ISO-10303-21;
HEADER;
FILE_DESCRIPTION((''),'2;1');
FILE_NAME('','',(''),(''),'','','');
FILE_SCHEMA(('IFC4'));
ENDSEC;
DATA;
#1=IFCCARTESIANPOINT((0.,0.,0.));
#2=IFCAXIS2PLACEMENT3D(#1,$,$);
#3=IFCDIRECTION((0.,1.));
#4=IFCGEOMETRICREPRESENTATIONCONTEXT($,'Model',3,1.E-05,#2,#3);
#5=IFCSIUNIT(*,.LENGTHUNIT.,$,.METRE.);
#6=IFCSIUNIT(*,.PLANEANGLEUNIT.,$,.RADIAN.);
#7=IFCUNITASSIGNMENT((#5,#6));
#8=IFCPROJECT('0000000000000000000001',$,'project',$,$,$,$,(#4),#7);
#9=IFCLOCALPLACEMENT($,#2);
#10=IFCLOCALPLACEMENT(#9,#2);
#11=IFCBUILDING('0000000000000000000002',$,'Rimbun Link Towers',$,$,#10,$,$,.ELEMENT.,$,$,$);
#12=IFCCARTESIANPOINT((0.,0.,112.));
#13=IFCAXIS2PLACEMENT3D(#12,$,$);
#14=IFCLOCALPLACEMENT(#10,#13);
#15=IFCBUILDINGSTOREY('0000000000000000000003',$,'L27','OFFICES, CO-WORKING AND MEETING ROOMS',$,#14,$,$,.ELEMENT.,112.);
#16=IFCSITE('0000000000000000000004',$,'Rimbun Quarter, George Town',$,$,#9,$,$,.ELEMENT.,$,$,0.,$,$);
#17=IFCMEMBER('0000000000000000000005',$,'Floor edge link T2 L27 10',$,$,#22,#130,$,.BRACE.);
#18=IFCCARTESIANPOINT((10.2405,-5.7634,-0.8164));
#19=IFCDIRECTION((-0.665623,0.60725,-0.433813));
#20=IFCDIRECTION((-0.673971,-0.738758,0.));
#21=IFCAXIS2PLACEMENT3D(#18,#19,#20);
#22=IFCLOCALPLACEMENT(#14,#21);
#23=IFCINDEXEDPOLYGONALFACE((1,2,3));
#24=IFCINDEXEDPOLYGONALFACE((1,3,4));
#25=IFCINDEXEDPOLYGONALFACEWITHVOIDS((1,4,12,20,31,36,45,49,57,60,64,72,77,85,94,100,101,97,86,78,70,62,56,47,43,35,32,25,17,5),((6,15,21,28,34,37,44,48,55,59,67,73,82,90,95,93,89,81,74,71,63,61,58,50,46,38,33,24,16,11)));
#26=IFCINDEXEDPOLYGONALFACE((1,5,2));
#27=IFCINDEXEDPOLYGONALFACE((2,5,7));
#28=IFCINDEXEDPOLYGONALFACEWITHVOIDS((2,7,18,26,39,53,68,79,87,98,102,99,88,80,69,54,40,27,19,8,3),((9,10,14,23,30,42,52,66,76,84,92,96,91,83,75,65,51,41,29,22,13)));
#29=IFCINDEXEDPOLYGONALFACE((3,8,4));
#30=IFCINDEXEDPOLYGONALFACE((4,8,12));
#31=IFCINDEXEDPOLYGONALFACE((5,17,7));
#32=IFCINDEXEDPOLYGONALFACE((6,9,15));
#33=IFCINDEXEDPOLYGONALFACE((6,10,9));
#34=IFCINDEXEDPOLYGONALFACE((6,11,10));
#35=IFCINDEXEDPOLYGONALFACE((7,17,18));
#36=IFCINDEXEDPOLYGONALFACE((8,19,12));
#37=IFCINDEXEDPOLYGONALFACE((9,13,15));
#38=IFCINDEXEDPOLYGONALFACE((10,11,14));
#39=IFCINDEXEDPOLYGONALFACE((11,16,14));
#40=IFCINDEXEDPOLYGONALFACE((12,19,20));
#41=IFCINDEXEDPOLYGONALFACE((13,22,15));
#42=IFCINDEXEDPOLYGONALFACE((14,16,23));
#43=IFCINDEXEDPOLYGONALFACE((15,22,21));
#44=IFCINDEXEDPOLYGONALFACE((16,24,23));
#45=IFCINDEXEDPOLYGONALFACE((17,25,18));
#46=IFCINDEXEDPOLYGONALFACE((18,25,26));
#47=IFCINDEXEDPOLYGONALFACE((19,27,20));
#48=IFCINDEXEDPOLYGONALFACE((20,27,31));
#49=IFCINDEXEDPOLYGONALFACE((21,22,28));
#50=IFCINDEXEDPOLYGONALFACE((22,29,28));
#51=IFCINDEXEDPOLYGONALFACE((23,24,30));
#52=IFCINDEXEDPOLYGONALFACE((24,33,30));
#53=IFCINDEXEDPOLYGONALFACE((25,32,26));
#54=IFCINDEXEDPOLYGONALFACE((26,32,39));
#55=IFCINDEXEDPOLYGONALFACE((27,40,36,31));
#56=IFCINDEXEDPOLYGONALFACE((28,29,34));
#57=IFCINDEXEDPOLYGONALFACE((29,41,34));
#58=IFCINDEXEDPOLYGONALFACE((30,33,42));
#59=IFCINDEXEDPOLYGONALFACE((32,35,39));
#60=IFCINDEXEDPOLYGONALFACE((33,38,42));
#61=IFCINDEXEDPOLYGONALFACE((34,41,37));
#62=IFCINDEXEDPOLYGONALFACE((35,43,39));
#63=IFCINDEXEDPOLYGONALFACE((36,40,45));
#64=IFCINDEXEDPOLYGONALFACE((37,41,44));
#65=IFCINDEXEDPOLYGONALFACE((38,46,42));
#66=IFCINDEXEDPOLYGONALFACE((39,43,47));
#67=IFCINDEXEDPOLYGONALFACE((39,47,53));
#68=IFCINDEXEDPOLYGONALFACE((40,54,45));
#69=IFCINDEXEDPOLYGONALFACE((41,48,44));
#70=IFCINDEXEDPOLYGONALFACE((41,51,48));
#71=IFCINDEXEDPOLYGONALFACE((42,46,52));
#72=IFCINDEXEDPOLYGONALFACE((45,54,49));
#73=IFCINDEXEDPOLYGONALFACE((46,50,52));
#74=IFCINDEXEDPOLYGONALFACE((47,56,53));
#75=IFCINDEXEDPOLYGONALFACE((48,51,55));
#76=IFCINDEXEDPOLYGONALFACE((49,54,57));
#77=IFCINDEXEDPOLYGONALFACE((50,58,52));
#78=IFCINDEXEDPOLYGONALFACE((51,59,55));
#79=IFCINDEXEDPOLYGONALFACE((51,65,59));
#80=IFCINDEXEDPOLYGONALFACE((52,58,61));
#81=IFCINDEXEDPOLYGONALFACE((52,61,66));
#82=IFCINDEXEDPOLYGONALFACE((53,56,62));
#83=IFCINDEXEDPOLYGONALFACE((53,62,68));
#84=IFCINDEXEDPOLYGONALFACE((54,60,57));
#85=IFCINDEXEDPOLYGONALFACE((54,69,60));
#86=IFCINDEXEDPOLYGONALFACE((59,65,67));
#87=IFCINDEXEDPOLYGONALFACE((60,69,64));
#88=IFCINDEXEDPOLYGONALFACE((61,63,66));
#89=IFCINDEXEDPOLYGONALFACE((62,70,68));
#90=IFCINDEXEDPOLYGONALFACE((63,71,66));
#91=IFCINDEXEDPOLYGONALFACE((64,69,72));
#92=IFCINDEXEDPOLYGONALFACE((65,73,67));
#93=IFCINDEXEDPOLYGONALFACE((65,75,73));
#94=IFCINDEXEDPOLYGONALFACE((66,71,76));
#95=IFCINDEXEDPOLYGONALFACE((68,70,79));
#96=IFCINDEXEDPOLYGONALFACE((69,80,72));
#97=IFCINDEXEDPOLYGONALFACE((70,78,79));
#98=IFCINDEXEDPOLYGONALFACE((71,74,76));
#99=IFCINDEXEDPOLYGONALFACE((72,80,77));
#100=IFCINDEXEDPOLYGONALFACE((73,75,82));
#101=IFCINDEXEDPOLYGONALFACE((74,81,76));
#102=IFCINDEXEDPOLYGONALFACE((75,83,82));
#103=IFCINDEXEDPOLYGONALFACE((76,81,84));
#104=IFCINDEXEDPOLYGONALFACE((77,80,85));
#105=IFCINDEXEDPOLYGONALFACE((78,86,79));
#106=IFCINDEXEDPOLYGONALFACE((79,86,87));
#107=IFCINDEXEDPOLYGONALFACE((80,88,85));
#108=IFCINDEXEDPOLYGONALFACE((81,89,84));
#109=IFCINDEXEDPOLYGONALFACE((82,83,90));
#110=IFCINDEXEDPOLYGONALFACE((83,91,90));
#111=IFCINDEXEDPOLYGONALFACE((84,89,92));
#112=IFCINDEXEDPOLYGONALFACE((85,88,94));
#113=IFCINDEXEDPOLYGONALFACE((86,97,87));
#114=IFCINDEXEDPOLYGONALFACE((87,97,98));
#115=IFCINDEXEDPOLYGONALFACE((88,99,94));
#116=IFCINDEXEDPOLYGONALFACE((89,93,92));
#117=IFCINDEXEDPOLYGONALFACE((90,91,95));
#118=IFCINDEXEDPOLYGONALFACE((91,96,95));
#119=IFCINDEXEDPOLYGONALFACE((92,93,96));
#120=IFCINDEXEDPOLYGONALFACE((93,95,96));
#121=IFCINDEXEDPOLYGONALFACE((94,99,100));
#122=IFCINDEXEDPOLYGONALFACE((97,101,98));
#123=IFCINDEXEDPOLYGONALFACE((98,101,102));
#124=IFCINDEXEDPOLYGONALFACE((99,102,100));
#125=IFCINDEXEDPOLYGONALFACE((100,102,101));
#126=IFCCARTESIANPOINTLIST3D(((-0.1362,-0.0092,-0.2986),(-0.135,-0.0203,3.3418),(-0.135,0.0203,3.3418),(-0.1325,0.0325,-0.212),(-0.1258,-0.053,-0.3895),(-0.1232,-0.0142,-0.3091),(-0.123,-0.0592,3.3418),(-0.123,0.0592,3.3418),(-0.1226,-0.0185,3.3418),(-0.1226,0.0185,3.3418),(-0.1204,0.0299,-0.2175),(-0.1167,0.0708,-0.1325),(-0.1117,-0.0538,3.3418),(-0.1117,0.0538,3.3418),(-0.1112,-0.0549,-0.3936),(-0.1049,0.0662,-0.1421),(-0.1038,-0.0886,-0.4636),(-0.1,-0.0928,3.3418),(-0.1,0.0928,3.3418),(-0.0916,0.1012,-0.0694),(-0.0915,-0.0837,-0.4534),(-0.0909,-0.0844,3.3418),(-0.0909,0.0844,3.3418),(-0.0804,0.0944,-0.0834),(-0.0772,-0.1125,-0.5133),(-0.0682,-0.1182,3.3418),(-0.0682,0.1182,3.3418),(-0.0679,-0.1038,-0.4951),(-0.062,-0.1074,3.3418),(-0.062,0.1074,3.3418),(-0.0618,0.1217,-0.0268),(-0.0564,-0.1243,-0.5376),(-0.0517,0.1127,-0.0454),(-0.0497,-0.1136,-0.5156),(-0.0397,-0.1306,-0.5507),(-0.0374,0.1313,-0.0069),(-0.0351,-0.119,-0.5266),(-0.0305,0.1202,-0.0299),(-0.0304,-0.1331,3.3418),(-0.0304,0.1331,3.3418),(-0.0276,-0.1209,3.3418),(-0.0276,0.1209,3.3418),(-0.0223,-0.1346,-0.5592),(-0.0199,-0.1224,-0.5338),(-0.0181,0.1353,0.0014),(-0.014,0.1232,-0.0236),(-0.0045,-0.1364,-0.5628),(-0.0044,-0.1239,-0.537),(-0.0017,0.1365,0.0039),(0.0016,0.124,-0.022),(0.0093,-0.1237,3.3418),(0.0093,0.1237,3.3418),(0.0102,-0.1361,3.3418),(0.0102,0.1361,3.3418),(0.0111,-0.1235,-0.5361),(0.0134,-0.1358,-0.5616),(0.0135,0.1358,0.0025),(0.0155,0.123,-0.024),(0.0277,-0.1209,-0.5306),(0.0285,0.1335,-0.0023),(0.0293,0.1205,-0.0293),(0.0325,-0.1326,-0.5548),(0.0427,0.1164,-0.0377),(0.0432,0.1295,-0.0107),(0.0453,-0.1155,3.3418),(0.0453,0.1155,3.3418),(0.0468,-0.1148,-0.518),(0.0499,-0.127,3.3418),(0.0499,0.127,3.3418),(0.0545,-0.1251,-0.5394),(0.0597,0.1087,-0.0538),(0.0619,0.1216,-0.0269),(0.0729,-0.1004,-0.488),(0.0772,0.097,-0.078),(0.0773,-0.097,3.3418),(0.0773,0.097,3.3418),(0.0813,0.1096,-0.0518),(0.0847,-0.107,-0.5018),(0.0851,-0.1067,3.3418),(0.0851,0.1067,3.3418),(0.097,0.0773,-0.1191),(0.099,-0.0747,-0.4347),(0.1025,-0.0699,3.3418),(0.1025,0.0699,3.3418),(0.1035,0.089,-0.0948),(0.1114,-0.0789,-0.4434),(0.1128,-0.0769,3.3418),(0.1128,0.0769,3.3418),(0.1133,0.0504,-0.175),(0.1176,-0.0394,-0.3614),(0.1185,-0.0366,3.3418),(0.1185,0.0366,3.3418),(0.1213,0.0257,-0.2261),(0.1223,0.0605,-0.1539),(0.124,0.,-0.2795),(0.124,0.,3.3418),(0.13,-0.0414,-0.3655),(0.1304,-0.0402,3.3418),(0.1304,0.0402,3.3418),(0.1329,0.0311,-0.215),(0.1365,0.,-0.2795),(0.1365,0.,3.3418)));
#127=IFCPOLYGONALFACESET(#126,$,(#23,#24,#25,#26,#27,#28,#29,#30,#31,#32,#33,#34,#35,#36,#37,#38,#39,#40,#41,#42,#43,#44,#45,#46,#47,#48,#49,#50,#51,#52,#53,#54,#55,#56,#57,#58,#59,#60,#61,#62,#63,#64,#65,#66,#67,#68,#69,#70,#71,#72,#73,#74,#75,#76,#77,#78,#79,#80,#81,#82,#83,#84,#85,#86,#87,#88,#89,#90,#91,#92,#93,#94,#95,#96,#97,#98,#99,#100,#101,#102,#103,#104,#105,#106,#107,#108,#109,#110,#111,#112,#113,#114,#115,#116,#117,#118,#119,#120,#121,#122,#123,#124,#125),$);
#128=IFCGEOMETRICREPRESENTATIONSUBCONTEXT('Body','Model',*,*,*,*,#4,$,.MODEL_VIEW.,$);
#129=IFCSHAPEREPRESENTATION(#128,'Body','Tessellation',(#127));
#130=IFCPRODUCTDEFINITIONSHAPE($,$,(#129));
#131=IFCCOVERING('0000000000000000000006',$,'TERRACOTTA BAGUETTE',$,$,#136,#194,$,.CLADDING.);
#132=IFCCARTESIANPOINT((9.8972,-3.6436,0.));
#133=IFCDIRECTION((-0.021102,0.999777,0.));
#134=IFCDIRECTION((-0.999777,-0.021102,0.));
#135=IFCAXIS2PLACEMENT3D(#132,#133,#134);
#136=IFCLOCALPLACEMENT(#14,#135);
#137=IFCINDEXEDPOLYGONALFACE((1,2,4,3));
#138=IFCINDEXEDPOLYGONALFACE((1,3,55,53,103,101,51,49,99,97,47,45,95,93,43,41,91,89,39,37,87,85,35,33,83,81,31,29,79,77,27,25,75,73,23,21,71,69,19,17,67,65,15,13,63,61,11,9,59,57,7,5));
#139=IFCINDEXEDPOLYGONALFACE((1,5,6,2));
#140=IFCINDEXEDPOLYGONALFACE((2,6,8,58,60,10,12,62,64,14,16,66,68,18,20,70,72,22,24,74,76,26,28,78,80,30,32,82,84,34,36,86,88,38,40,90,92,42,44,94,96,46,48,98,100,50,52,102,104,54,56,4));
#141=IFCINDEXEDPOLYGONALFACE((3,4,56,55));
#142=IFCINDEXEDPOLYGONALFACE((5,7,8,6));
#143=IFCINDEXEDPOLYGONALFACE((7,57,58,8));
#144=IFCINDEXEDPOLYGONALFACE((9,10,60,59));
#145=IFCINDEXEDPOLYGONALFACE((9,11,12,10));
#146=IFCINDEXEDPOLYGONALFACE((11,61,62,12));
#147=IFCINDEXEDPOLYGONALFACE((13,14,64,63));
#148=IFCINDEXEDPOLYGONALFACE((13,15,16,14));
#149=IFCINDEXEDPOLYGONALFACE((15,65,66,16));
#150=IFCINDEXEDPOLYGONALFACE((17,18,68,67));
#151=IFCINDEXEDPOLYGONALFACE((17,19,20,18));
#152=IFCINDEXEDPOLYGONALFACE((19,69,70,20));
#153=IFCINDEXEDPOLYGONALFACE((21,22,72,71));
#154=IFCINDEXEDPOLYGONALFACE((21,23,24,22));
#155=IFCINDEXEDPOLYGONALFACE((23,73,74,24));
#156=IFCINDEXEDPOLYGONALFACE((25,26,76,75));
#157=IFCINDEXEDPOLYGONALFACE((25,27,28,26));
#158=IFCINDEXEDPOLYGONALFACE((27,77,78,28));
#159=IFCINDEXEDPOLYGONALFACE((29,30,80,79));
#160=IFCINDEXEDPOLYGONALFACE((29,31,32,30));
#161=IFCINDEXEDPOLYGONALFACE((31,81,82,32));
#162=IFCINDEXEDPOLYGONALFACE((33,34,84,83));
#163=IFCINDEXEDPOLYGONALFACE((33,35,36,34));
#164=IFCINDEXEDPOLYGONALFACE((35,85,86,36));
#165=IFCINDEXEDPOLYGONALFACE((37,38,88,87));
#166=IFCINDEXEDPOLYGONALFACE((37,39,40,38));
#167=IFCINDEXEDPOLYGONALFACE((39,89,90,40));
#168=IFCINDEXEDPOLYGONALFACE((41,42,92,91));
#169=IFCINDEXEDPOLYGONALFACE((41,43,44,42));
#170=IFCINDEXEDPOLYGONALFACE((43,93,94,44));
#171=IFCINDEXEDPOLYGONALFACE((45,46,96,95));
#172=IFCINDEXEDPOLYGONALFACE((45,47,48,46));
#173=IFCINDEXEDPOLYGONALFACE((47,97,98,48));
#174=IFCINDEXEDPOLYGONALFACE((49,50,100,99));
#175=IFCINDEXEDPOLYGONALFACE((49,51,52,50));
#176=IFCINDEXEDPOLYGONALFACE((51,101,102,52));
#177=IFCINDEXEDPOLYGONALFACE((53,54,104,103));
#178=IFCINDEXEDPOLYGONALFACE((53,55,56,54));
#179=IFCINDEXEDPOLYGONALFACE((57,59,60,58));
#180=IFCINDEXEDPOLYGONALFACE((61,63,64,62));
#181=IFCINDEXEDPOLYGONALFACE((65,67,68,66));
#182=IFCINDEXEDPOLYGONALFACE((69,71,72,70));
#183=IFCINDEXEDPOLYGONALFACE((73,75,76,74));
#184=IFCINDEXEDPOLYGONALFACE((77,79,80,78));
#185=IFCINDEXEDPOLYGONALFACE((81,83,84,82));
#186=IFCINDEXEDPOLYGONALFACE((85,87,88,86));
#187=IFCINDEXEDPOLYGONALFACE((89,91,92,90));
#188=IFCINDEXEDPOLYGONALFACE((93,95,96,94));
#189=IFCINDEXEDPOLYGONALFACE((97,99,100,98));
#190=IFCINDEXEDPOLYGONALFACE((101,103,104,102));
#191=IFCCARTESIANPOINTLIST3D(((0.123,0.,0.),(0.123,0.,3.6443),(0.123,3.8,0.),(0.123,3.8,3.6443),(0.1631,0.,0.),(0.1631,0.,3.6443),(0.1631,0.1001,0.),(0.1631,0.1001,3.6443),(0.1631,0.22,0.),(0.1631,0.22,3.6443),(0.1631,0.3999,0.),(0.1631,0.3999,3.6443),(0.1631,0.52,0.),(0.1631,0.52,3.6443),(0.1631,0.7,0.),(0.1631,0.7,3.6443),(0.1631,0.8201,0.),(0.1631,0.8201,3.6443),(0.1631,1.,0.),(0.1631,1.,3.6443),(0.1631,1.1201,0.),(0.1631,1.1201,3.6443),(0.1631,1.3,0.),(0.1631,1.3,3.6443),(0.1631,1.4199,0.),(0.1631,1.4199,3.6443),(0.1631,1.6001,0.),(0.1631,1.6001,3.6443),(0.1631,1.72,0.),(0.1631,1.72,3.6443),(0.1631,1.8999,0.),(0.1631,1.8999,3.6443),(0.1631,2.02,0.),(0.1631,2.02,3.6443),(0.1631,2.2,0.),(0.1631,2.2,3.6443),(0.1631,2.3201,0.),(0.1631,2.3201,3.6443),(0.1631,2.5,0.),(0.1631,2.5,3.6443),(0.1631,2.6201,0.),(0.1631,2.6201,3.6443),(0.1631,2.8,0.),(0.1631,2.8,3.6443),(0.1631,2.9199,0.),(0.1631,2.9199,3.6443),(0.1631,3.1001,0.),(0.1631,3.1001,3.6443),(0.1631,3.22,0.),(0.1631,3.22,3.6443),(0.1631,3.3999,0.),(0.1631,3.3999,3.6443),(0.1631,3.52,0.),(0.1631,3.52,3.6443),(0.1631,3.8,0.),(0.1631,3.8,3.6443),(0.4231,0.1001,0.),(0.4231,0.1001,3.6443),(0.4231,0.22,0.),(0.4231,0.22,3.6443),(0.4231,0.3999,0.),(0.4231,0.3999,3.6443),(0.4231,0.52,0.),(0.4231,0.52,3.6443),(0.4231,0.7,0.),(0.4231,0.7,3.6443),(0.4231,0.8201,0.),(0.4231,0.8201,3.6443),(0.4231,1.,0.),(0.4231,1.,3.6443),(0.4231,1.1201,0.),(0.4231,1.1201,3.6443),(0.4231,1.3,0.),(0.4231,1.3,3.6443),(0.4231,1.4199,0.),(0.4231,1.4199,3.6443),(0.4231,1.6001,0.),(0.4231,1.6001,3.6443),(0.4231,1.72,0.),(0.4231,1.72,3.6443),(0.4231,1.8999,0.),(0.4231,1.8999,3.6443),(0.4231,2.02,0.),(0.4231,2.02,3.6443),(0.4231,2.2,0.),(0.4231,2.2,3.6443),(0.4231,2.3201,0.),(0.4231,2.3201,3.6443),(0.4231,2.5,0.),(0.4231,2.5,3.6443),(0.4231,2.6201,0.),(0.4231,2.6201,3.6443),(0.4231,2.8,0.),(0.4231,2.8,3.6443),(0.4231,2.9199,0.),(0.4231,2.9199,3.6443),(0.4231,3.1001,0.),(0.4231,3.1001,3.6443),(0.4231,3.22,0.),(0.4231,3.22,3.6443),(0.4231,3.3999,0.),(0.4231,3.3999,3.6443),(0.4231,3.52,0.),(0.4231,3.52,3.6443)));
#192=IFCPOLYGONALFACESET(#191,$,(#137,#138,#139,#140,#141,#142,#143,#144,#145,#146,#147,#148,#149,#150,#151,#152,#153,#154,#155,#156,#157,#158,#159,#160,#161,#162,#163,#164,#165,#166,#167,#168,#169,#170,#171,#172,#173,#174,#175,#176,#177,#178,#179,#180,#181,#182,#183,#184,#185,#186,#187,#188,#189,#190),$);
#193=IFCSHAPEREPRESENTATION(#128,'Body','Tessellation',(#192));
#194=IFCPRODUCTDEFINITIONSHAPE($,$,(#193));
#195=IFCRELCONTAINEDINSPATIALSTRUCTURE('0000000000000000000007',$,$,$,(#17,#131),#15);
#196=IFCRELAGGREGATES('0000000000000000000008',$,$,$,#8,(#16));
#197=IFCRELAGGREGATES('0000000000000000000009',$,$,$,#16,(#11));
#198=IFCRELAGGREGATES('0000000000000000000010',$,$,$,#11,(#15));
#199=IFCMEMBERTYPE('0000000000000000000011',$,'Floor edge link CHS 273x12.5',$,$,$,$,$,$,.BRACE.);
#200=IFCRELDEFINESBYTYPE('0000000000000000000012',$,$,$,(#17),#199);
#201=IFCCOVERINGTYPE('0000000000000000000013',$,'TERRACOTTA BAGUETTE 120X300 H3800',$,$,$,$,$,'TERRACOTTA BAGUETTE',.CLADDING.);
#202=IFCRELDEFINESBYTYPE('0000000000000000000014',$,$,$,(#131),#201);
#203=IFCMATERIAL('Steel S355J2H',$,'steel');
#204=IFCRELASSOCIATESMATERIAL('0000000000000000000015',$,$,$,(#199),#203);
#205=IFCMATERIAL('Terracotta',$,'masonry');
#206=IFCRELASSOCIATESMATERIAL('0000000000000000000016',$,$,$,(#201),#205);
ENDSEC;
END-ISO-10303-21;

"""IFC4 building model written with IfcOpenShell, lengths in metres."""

from ifc_helpers import new_model, si_unit, direction, frame, origin, origin_2d, place, context, subcontext, project, spatial, polyline, hollow_circle, outline, extrude, clip, halfspace, material, material_profile, profile_set, type_object, element, save


model = new_model("IFC4")

# Units and contexts
model_context = context("Model", 3, precision=1e-05, world=origin(), true_north=direction((0.0, 1.0)))
body_context = subcontext(model_context, "Body", "Model", "MODEL_VIEW")
ifc_project = project(units=[si_unit("LENGTHUNIT", "METRE"), si_unit("PLANEANGLEUNIT", "RADIAN")], contexts=[model_context])

# Site, building, storey
site_placement = place(None, origin())
site = spatial("IfcSite", under=ifc_project, at=site_placement, Name="Rimbun Quarter, George Town", CompositionType="ELEMENT", RefElevation=0.0)
building_placement = place(site_placement, origin())
building = spatial("IfcBuilding", under=site, at=building_placement, Name="Rimbun Link Towers", CompositionType="ELEMENT")
storey_placement = place(building_placement, frame((0.0, 0.0, 112.0)))
storey = spatial("IfcBuildingStorey", under=building, at=storey_placement, Name="L27", Description="OFFICES, CO-WORKING AND MEETING ROOMS", CompositionType="ELEMENT", Elevation=112.0)

# Member
ifc_material_1 = material(Name="Steel S355J2H", Category="steel")
ifc_material_profile_1 = material_profile(ifc_material_1, hollow_circle(Radius=0.1365, WallThickness=0.0125, at=origin_2d()), Name="CHS 273x12.5")
ifc_profile_set_1 = profile_set([ifc_material_profile_1], Name="Steel S355J2H")
member_type_1 = type_object("IfcMemberType", Name="Floor edge link CHS 273x12.5", PredefinedType="BRACE", material=ifc_profile_set_1)
member_1_placement = place(storey_placement, frame((10.2405, -5.7634, -0.8164), z_axis=(-0.665623, 0.60725, -0.433813), x_axis=(-0.673971, -0.738758, 0.0)))
element("IfcMember", 1, at=member_1_placement, inside=storey, type_object=member_type_1, Name="Floor edge link T2 L27 10", PredefinedType="BRACE", context=body_context, shape_type="Clipping", body=[
    clip(extrude(hollow_circle(Radius=0.1365, WallThickness=0.0125, at=origin_2d()), frame((0.0, 0.0, -0.5901)), (0.0, 0.0, 1.0), 3.9319), halfspace(frame((0.0, 0.0, -0.2795), z_axis=(0.0, 0.901003, -0.433813)), False)),
])

# Covering
ifc_material_2 = material(Name="Terracotta", Category="masonry")
ifc_material_profile_2 = material_profile(ifc_material_2, outline(polyline([(0.123, 0.0), (0.1631, 0.0), (0.1631, 0.1001), (0.4231, 0.1001), (0.4231, 0.22), (0.1631, 0.22), (0.1631, 0.3999), (0.4231, 0.3999), (0.4231, 0.52), (0.1631, 0.52), (0.1631, 0.7), (0.4231, 0.7), (0.4231, 0.8201), (0.1631, 0.8201), (0.1631, 1.0), (0.4231, 1.0), (0.4231, 1.1201), (0.1631, 1.1201), (0.1631, 1.3), (0.4231, 1.3), (0.4231, 1.4199), (0.1631, 1.4199), (0.1631, 1.6001), (0.4231, 1.6001), (0.4231, 1.72), (0.1631, 1.72), (0.1631, 1.8999), (0.4231, 1.8999), (0.4231, 2.02), (0.1631, 2.02), (0.1631, 2.2), (0.4231, 2.2), (0.4231, 2.3201), (0.1631, 2.3201), (0.1631, 2.5), (0.4231, 2.5), (0.4231, 2.6201), (0.1631, 2.6201), (0.1631, 2.8), (0.4231, 2.8), (0.4231, 2.9199), (0.1631, 2.9199), (0.1631, 3.1001), (0.4231, 3.1001), (0.4231, 3.22), (0.1631, 3.22), (0.1631, 3.3999), (0.4231, 3.3999), (0.4231, 3.52), (0.1631, 3.52), (0.1631, 3.8), (0.123, 3.8), (0.123, 0.0)])), Name="BAGUETTE 120X300")
ifc_profile_set_2 = profile_set([ifc_material_profile_2], Name="Terracotta")
covering_type_1 = type_object("IfcCoveringType", Name="TERRACOTTA BAGUETTE 120X300 H3800", ElementType="TERRACOTTA BAGUETTE", PredefinedType="CLADDING", material=ifc_profile_set_2)
covering_1_placement = place(storey_placement, frame((9.8972, -3.6436, 0.0), z_axis=(-0.021102, 0.999777, 0.0), x_axis=(-0.999777, -0.021102, 0.0)))
element("IfcCovering", 2, at=covering_1_placement, inside=storey, type_object=covering_type_1, Name="TERRACOTTA BAGUETTE", PredefinedType="CLADDING", context=body_context, shape_type="SweptSolid", body=[
    extrude(outline(polyline([(0.123, 0.0), (0.1631, 0.0), (0.1631, 0.1001), (0.4231, 0.1001), (0.4231, 0.22), (0.1631, 0.22), (0.1631, 0.3999), (0.4231, 0.3999), (0.4231, 0.52), (0.1631, 0.52), (0.1631, 0.7), (0.4231, 0.7), (0.4231, 0.8201), (0.1631, 0.8201), (0.1631, 1.0), (0.4231, 1.0), (0.4231, 1.1201), (0.1631, 1.1201), (0.1631, 1.3), (0.4231, 1.3), (0.4231, 1.4199), (0.1631, 1.4199), (0.1631, 1.6001), (0.4231, 1.6001), (0.4231, 1.72), (0.1631, 1.72), (0.1631, 1.8999), (0.4231, 1.8999), (0.4231, 2.02), (0.1631, 2.02), (0.1631, 2.2), (0.4231, 2.2), (0.4231, 2.3201), (0.1631, 2.3201), (0.1631, 2.5), (0.4231, 2.5), (0.4231, 2.6201), (0.1631, 2.6201), (0.1631, 2.8), (0.4231, 2.8), (0.4231, 2.9199), (0.1631, 2.9199), (0.1631, 3.1001), (0.4231, 3.1001), (0.4231, 3.22), (0.1631, 3.22), (0.1631, 3.3999), (0.4231, 3.3999), (0.4231, 3.52), (0.1631, 3.52), (0.1631, 3.8), (0.123, 3.8), (0.123, 0.0)])), origin(), (0.0, 0.0, 1.0), 3.6443),
])

save(model, "model.ifc")
